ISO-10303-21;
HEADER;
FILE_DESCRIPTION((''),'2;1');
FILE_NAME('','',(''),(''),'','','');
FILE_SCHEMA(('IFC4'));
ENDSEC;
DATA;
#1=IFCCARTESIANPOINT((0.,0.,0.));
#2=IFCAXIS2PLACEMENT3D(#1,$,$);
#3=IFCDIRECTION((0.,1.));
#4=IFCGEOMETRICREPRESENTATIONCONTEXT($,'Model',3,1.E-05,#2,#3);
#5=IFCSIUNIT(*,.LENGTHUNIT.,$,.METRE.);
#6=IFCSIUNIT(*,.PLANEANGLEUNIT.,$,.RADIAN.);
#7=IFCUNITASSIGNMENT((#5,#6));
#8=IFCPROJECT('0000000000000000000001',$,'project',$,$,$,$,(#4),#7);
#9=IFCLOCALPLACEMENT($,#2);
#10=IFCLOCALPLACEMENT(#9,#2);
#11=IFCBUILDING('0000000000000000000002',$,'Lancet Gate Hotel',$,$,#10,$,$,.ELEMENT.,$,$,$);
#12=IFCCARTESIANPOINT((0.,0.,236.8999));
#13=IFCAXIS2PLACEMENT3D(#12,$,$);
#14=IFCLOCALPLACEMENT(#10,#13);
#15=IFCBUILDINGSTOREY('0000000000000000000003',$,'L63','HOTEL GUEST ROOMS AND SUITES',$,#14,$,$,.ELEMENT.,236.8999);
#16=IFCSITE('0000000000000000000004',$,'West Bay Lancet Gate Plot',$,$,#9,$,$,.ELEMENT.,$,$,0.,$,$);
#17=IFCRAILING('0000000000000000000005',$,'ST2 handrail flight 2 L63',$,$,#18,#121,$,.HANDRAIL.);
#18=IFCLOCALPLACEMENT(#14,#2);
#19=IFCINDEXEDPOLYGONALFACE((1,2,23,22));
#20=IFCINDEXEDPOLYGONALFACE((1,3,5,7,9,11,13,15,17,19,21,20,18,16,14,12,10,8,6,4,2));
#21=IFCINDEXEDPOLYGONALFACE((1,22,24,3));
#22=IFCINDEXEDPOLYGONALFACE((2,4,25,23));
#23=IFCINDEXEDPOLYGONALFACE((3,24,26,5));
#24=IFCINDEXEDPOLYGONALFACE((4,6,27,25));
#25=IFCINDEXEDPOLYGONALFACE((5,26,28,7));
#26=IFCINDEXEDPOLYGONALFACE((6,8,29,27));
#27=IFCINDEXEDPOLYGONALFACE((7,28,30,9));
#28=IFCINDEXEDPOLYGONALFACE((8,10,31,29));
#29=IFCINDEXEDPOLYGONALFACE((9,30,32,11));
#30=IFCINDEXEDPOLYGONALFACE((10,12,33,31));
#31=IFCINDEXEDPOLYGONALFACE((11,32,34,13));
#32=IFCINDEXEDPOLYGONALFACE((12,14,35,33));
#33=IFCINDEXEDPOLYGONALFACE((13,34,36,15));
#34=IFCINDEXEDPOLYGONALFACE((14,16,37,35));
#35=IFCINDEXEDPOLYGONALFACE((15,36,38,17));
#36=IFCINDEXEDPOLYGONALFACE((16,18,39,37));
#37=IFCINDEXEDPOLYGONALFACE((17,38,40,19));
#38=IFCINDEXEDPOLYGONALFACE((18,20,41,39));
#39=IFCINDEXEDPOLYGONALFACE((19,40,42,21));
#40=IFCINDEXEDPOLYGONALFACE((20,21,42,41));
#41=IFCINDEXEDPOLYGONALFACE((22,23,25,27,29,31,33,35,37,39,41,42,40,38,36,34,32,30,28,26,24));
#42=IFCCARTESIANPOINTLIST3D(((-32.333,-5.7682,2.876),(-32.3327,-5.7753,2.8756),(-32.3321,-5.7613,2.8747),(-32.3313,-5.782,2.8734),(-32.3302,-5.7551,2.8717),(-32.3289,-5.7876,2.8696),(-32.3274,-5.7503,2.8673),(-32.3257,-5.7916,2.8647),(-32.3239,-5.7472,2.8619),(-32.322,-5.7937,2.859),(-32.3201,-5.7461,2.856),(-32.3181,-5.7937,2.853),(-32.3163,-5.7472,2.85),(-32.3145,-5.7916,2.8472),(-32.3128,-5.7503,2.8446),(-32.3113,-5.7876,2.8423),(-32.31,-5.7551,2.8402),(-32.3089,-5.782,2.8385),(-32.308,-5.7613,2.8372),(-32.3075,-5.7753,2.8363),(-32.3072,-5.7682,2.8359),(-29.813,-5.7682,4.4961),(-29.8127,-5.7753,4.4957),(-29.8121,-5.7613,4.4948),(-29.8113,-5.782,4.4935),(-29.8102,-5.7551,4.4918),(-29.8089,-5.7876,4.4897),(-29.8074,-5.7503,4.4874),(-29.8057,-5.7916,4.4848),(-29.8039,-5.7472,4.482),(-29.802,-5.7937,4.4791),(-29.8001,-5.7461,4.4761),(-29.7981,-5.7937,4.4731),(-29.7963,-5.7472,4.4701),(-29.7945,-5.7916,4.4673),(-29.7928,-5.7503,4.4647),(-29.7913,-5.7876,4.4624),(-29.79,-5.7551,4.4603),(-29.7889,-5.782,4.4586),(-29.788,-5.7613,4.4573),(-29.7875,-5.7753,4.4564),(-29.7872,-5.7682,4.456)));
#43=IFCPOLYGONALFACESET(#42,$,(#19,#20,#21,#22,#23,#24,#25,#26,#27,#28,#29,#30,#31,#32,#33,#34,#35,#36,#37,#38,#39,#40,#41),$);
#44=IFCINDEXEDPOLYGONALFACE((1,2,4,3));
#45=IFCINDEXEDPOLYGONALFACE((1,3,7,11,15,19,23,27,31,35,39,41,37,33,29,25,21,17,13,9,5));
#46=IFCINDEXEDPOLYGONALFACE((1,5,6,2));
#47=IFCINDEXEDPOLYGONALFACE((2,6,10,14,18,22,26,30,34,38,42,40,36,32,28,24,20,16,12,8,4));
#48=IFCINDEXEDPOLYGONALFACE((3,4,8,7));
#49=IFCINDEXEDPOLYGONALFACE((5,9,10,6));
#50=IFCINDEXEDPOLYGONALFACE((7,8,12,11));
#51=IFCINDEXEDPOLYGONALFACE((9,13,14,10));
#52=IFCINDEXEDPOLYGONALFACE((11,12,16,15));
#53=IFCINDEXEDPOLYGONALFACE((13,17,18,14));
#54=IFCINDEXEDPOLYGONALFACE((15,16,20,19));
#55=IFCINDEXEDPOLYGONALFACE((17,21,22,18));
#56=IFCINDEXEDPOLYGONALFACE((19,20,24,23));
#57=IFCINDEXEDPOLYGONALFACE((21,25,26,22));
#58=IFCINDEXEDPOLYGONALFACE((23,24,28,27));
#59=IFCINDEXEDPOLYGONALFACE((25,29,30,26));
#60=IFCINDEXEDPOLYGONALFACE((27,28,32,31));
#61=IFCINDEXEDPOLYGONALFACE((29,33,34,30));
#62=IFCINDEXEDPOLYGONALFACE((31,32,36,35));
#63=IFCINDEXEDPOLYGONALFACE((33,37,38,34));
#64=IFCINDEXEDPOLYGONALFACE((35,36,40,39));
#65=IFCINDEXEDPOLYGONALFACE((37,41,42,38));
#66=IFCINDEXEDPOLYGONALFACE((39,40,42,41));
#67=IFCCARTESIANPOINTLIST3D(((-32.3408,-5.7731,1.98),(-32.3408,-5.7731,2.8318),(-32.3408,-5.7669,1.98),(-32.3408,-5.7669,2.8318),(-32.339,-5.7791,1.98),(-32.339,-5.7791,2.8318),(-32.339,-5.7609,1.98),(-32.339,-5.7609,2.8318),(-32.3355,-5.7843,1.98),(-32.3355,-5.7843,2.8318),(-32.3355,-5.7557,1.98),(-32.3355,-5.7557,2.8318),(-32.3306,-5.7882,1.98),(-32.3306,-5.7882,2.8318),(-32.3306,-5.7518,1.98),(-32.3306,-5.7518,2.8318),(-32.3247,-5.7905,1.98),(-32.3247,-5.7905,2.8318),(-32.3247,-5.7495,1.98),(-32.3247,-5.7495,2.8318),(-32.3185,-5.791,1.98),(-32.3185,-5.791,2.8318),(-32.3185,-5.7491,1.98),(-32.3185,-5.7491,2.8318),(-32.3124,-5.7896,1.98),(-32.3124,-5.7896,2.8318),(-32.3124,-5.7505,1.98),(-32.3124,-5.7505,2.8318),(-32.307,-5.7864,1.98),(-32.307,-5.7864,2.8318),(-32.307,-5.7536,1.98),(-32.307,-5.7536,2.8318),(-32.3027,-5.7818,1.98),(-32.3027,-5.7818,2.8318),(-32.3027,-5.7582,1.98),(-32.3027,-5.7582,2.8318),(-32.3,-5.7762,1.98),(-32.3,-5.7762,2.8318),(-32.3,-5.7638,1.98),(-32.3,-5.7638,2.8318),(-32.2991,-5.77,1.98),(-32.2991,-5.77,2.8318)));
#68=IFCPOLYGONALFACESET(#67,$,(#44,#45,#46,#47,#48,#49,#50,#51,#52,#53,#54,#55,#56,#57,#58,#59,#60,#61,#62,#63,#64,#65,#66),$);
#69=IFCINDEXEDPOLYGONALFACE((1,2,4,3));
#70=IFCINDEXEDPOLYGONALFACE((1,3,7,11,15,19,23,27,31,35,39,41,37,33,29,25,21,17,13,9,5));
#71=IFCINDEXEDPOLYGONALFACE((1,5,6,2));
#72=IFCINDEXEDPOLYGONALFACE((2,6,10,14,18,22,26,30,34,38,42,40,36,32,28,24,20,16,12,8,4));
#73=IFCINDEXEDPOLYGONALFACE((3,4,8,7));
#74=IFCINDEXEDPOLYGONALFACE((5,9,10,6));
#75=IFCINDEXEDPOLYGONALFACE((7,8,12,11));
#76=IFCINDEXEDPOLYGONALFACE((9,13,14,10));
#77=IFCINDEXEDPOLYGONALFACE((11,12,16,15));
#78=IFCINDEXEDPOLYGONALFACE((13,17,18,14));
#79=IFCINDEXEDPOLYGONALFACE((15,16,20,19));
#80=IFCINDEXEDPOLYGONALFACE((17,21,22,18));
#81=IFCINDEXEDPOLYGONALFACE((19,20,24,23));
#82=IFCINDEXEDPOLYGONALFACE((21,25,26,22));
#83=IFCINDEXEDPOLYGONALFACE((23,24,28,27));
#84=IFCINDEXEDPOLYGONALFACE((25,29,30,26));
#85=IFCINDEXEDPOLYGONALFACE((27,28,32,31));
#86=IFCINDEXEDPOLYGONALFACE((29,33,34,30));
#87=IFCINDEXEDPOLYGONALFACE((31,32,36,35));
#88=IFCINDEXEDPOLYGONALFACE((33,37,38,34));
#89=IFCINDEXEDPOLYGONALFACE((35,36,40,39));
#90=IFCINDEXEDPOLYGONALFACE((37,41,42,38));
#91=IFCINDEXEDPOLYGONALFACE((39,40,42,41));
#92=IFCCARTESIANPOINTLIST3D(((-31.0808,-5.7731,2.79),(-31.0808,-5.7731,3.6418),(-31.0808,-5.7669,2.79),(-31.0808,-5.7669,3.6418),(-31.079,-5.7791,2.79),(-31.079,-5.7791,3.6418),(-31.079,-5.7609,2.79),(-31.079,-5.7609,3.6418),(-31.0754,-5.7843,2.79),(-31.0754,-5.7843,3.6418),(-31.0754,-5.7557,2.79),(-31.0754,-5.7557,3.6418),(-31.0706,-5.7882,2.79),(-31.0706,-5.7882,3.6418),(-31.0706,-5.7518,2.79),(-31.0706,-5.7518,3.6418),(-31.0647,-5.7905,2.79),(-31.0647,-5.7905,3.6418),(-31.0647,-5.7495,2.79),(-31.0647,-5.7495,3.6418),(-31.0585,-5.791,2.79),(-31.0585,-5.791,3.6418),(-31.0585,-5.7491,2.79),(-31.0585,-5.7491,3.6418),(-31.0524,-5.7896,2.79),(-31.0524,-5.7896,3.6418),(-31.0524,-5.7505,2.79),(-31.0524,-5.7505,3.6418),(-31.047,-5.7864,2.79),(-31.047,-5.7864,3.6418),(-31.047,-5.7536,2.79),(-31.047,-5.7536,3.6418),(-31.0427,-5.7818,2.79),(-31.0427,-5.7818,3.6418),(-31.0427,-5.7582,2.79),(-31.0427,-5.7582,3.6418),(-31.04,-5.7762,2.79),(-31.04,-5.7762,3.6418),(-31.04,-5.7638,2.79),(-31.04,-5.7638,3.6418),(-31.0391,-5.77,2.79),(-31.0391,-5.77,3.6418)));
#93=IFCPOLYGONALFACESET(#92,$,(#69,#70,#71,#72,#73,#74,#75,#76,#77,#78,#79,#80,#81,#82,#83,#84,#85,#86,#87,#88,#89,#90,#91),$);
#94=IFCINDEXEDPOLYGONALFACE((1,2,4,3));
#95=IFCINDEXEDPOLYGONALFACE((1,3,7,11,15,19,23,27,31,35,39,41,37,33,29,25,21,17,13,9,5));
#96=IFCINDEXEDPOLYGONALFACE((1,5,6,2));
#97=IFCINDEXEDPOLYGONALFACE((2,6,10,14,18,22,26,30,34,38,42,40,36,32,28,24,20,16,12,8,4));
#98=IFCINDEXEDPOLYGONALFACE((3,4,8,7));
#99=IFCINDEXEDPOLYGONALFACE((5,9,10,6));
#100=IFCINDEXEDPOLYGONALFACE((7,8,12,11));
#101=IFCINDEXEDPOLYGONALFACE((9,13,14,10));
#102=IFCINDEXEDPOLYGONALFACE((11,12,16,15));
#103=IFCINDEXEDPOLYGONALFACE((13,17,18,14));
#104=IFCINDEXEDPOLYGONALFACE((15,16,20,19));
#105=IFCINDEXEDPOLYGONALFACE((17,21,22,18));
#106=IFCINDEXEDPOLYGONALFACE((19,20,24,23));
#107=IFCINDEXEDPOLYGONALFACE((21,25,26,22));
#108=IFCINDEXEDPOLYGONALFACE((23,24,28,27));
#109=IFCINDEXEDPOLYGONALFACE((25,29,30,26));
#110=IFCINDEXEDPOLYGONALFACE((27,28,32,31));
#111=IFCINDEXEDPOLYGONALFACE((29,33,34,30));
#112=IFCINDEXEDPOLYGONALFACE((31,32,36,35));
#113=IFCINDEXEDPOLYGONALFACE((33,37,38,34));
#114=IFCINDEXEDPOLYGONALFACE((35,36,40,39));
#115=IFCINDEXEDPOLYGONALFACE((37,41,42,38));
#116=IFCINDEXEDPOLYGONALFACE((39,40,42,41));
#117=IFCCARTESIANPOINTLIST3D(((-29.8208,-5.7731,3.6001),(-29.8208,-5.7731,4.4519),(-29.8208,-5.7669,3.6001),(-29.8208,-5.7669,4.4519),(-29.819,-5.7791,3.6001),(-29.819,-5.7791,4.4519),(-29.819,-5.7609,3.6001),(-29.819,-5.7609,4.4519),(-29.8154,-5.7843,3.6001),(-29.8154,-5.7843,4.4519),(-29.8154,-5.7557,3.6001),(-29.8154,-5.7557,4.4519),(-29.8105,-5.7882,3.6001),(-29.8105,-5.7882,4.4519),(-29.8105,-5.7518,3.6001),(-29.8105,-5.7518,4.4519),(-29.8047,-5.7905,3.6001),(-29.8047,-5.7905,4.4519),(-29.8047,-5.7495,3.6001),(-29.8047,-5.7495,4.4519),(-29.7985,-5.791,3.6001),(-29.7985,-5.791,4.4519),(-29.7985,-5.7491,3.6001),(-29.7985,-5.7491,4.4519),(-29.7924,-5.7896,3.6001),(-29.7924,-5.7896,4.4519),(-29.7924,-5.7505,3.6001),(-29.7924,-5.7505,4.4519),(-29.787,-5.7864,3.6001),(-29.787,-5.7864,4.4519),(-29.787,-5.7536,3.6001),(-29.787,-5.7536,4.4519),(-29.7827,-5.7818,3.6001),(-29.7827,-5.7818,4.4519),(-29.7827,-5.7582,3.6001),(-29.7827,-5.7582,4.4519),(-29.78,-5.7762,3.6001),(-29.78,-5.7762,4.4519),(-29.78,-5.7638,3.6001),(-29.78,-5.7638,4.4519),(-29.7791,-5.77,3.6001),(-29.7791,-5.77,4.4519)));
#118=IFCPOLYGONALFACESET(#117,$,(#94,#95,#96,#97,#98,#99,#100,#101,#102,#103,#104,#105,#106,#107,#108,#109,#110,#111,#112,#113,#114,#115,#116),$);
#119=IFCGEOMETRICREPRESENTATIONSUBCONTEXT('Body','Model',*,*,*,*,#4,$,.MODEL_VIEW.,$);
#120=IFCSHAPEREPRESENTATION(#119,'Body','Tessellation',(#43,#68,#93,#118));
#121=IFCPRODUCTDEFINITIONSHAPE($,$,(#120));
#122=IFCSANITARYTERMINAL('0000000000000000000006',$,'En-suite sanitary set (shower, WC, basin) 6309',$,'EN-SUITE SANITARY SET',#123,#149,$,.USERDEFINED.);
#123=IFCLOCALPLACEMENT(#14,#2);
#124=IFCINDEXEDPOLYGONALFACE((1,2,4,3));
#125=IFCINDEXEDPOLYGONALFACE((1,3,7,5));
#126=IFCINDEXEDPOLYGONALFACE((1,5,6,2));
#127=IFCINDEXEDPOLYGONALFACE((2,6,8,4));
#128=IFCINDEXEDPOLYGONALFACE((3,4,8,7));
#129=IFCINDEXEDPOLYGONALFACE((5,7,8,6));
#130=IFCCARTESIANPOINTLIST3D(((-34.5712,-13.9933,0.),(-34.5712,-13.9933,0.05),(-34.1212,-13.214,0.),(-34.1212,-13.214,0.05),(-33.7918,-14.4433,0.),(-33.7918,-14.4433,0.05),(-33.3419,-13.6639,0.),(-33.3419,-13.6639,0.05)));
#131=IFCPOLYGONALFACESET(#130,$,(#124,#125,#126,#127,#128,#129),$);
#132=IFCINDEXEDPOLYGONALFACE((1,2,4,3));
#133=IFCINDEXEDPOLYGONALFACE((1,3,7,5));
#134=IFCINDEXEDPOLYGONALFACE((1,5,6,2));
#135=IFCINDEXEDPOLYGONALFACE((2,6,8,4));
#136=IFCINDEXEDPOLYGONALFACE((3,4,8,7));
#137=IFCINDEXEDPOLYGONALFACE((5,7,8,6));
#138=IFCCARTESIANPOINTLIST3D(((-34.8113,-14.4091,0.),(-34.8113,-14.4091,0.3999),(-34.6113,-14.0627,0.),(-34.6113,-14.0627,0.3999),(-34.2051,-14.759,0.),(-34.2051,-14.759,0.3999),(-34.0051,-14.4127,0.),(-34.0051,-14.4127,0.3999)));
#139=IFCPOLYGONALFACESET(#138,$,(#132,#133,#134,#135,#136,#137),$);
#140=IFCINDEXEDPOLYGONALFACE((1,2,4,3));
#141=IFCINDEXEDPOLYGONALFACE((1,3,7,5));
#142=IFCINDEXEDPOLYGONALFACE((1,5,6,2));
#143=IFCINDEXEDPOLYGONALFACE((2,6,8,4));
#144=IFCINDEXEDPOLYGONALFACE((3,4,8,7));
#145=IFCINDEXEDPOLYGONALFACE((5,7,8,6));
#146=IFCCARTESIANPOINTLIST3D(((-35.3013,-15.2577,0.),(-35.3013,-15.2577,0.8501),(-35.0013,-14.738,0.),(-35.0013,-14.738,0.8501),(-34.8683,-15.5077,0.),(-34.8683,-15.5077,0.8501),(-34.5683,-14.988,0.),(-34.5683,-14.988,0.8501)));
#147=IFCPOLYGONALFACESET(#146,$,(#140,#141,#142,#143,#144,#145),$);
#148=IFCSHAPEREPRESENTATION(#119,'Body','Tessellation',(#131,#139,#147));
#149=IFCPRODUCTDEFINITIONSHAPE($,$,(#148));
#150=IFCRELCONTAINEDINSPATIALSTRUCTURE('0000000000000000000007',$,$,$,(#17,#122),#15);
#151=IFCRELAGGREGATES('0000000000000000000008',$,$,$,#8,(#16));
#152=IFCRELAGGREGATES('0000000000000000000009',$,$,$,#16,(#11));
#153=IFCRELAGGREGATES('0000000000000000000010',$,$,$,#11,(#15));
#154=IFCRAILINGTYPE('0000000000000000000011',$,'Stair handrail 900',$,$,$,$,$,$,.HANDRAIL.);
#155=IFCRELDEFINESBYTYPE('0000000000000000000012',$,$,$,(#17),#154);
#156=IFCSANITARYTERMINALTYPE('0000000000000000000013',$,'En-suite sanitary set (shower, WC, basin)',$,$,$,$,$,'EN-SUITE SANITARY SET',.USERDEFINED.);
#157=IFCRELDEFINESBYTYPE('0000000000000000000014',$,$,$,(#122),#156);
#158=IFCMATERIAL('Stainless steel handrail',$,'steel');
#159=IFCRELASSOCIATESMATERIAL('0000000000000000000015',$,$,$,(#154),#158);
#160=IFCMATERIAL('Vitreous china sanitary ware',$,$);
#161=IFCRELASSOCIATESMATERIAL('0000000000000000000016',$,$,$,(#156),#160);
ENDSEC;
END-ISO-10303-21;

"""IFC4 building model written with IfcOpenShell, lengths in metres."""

from ifc_helpers import new_model, si_unit, direction, frame, origin, origin_2d, place, context, subcontext, project, spatial, rectangle, circle, extrude, material, type_object, element, save


model = new_model("IFC4")

# Units and contexts
model_context = context("Model", 3, precision=1e-05, world=origin(), true_north=direction((0.0, 1.0)))
body_context = subcontext(model_context, "Body", "Model", "MODEL_VIEW")
ifc_project = project(units=[si_unit("LENGTHUNIT", "METRE"), si_unit("PLANEANGLEUNIT", "RADIAN")], contexts=[model_context])

# Site, building, storey
site_placement = place(None, origin())
site = spatial("IfcSite", under=ifc_project, at=site_placement, Name="West Bay Lancet Gate Plot", CompositionType="ELEMENT", RefElevation=0.0)
building_placement = place(site_placement, origin())
building = spatial("IfcBuilding", under=site, at=building_placement, Name="Lancet Gate Hotel", CompositionType="ELEMENT")
storey_placement = place(building_placement, frame((0.0, 0.0, 236.8999)))
storey = spatial("IfcBuildingStorey", under=building, at=storey_placement, Name="L63", Description="HOTEL GUEST ROOMS AND SUITES", CompositionType="ELEMENT", Elevation=236.8999)

# Railing
ifc_material_1 = material(Name="Stainless steel handrail", Category="steel")
railing_type = type_object("IfcRailingType", Name="Stair handrail 900", PredefinedType="HANDRAIL", material=ifc_material_1)
railing_1_placement = place(storey_placement, frame((-32.3201, -5.77, 1.98)))
element("IfcRailing", 1, at=railing_1_placement, inside=storey, type_object=railing_type, Name="ST2 handrail flight 2 L63", PredefinedType="HANDRAIL", context=body_context, shape_type="SweptSolid", body=[
    extrude(circle(Radius=0.0239, at=origin_2d()), frame((0.0, 0.0, 0.876), z_axis=(0.841163, 0.0, 0.540782), x_axis=(0.0, 1.0, 0.0)), (0.0, 0.0, 1.0), 2.9958),
    extrude(circle(Radius=0.021, at=origin_2d()), origin(), (0.0, 0.0, 1.0), 0.8518),
    extrude(circle(Radius=0.021, at=origin_2d()), frame((1.26, 0.0, 0.8101)), (0.0, 0.0, 1.0), 0.8518),
    extrude(circle(Radius=0.021, at=origin_2d()), frame((2.52, 0.0, 1.6201)), (0.0, 0.0, 1.0), 0.8518),
])

# Sanitary terminal
ifc_material_2 = material(Name="Vitreous china sanitary ware")
sanitary_terminal_type = type_object("IfcSanitaryTerminalType", Name="En-suite sanitary set (shower, WC, basin)", ElementType="EN-SUITE SANITARY SET", PredefinedType="USERDEFINED", material=ifc_material_2)
sanitary_terminal_placement = place(storey_placement, frame((-33.9565, -13.8286, 0.0), z_axis=(0.0, 0.0, 1.0), x_axis=(1.0, 0.0, 0.0)))
element("IfcSanitaryTerminal", 2, at=sanitary_terminal_placement, inside=storey, type_object=sanitary_terminal_type, Name="En-suite sanitary set (shower, WC, basin) 6309", ObjectType="EN-SUITE SANITARY SET", PredefinedType="USERDEFINED", context=body_context, shape_type="SweptSolid", body=[
    extrude(rectangle(XDim=0.8999, YDim=0.8999, at=origin_2d()), frame((0.0, 0.0, 0.0), z_axis=(0.0, 0.0, 1.0), x_axis=(0.5, 0.866025, 0.0)), (0.0, 0.0, 1.0), 0.05),
    extrude(rectangle(XDim=0.3999, YDim=0.7, at=origin_2d()), frame((-0.4517, -0.5823, 0.0), z_axis=(0.0, 0.0, 1.0), x_axis=(0.5, 0.866025, 0.0)), (0.0, 0.0, 1.0), 0.3999),
    extrude(rectangle(XDim=0.6001, YDim=0.5, at=origin_2d()), frame((-0.9783, -1.2942, 0.0), z_axis=(0.0, 0.0, 1.0), x_axis=(0.5, 0.866025, 0.0)), (0.0, 0.0, 1.0), 0.8501),
])

save(model, "model.ifc")
